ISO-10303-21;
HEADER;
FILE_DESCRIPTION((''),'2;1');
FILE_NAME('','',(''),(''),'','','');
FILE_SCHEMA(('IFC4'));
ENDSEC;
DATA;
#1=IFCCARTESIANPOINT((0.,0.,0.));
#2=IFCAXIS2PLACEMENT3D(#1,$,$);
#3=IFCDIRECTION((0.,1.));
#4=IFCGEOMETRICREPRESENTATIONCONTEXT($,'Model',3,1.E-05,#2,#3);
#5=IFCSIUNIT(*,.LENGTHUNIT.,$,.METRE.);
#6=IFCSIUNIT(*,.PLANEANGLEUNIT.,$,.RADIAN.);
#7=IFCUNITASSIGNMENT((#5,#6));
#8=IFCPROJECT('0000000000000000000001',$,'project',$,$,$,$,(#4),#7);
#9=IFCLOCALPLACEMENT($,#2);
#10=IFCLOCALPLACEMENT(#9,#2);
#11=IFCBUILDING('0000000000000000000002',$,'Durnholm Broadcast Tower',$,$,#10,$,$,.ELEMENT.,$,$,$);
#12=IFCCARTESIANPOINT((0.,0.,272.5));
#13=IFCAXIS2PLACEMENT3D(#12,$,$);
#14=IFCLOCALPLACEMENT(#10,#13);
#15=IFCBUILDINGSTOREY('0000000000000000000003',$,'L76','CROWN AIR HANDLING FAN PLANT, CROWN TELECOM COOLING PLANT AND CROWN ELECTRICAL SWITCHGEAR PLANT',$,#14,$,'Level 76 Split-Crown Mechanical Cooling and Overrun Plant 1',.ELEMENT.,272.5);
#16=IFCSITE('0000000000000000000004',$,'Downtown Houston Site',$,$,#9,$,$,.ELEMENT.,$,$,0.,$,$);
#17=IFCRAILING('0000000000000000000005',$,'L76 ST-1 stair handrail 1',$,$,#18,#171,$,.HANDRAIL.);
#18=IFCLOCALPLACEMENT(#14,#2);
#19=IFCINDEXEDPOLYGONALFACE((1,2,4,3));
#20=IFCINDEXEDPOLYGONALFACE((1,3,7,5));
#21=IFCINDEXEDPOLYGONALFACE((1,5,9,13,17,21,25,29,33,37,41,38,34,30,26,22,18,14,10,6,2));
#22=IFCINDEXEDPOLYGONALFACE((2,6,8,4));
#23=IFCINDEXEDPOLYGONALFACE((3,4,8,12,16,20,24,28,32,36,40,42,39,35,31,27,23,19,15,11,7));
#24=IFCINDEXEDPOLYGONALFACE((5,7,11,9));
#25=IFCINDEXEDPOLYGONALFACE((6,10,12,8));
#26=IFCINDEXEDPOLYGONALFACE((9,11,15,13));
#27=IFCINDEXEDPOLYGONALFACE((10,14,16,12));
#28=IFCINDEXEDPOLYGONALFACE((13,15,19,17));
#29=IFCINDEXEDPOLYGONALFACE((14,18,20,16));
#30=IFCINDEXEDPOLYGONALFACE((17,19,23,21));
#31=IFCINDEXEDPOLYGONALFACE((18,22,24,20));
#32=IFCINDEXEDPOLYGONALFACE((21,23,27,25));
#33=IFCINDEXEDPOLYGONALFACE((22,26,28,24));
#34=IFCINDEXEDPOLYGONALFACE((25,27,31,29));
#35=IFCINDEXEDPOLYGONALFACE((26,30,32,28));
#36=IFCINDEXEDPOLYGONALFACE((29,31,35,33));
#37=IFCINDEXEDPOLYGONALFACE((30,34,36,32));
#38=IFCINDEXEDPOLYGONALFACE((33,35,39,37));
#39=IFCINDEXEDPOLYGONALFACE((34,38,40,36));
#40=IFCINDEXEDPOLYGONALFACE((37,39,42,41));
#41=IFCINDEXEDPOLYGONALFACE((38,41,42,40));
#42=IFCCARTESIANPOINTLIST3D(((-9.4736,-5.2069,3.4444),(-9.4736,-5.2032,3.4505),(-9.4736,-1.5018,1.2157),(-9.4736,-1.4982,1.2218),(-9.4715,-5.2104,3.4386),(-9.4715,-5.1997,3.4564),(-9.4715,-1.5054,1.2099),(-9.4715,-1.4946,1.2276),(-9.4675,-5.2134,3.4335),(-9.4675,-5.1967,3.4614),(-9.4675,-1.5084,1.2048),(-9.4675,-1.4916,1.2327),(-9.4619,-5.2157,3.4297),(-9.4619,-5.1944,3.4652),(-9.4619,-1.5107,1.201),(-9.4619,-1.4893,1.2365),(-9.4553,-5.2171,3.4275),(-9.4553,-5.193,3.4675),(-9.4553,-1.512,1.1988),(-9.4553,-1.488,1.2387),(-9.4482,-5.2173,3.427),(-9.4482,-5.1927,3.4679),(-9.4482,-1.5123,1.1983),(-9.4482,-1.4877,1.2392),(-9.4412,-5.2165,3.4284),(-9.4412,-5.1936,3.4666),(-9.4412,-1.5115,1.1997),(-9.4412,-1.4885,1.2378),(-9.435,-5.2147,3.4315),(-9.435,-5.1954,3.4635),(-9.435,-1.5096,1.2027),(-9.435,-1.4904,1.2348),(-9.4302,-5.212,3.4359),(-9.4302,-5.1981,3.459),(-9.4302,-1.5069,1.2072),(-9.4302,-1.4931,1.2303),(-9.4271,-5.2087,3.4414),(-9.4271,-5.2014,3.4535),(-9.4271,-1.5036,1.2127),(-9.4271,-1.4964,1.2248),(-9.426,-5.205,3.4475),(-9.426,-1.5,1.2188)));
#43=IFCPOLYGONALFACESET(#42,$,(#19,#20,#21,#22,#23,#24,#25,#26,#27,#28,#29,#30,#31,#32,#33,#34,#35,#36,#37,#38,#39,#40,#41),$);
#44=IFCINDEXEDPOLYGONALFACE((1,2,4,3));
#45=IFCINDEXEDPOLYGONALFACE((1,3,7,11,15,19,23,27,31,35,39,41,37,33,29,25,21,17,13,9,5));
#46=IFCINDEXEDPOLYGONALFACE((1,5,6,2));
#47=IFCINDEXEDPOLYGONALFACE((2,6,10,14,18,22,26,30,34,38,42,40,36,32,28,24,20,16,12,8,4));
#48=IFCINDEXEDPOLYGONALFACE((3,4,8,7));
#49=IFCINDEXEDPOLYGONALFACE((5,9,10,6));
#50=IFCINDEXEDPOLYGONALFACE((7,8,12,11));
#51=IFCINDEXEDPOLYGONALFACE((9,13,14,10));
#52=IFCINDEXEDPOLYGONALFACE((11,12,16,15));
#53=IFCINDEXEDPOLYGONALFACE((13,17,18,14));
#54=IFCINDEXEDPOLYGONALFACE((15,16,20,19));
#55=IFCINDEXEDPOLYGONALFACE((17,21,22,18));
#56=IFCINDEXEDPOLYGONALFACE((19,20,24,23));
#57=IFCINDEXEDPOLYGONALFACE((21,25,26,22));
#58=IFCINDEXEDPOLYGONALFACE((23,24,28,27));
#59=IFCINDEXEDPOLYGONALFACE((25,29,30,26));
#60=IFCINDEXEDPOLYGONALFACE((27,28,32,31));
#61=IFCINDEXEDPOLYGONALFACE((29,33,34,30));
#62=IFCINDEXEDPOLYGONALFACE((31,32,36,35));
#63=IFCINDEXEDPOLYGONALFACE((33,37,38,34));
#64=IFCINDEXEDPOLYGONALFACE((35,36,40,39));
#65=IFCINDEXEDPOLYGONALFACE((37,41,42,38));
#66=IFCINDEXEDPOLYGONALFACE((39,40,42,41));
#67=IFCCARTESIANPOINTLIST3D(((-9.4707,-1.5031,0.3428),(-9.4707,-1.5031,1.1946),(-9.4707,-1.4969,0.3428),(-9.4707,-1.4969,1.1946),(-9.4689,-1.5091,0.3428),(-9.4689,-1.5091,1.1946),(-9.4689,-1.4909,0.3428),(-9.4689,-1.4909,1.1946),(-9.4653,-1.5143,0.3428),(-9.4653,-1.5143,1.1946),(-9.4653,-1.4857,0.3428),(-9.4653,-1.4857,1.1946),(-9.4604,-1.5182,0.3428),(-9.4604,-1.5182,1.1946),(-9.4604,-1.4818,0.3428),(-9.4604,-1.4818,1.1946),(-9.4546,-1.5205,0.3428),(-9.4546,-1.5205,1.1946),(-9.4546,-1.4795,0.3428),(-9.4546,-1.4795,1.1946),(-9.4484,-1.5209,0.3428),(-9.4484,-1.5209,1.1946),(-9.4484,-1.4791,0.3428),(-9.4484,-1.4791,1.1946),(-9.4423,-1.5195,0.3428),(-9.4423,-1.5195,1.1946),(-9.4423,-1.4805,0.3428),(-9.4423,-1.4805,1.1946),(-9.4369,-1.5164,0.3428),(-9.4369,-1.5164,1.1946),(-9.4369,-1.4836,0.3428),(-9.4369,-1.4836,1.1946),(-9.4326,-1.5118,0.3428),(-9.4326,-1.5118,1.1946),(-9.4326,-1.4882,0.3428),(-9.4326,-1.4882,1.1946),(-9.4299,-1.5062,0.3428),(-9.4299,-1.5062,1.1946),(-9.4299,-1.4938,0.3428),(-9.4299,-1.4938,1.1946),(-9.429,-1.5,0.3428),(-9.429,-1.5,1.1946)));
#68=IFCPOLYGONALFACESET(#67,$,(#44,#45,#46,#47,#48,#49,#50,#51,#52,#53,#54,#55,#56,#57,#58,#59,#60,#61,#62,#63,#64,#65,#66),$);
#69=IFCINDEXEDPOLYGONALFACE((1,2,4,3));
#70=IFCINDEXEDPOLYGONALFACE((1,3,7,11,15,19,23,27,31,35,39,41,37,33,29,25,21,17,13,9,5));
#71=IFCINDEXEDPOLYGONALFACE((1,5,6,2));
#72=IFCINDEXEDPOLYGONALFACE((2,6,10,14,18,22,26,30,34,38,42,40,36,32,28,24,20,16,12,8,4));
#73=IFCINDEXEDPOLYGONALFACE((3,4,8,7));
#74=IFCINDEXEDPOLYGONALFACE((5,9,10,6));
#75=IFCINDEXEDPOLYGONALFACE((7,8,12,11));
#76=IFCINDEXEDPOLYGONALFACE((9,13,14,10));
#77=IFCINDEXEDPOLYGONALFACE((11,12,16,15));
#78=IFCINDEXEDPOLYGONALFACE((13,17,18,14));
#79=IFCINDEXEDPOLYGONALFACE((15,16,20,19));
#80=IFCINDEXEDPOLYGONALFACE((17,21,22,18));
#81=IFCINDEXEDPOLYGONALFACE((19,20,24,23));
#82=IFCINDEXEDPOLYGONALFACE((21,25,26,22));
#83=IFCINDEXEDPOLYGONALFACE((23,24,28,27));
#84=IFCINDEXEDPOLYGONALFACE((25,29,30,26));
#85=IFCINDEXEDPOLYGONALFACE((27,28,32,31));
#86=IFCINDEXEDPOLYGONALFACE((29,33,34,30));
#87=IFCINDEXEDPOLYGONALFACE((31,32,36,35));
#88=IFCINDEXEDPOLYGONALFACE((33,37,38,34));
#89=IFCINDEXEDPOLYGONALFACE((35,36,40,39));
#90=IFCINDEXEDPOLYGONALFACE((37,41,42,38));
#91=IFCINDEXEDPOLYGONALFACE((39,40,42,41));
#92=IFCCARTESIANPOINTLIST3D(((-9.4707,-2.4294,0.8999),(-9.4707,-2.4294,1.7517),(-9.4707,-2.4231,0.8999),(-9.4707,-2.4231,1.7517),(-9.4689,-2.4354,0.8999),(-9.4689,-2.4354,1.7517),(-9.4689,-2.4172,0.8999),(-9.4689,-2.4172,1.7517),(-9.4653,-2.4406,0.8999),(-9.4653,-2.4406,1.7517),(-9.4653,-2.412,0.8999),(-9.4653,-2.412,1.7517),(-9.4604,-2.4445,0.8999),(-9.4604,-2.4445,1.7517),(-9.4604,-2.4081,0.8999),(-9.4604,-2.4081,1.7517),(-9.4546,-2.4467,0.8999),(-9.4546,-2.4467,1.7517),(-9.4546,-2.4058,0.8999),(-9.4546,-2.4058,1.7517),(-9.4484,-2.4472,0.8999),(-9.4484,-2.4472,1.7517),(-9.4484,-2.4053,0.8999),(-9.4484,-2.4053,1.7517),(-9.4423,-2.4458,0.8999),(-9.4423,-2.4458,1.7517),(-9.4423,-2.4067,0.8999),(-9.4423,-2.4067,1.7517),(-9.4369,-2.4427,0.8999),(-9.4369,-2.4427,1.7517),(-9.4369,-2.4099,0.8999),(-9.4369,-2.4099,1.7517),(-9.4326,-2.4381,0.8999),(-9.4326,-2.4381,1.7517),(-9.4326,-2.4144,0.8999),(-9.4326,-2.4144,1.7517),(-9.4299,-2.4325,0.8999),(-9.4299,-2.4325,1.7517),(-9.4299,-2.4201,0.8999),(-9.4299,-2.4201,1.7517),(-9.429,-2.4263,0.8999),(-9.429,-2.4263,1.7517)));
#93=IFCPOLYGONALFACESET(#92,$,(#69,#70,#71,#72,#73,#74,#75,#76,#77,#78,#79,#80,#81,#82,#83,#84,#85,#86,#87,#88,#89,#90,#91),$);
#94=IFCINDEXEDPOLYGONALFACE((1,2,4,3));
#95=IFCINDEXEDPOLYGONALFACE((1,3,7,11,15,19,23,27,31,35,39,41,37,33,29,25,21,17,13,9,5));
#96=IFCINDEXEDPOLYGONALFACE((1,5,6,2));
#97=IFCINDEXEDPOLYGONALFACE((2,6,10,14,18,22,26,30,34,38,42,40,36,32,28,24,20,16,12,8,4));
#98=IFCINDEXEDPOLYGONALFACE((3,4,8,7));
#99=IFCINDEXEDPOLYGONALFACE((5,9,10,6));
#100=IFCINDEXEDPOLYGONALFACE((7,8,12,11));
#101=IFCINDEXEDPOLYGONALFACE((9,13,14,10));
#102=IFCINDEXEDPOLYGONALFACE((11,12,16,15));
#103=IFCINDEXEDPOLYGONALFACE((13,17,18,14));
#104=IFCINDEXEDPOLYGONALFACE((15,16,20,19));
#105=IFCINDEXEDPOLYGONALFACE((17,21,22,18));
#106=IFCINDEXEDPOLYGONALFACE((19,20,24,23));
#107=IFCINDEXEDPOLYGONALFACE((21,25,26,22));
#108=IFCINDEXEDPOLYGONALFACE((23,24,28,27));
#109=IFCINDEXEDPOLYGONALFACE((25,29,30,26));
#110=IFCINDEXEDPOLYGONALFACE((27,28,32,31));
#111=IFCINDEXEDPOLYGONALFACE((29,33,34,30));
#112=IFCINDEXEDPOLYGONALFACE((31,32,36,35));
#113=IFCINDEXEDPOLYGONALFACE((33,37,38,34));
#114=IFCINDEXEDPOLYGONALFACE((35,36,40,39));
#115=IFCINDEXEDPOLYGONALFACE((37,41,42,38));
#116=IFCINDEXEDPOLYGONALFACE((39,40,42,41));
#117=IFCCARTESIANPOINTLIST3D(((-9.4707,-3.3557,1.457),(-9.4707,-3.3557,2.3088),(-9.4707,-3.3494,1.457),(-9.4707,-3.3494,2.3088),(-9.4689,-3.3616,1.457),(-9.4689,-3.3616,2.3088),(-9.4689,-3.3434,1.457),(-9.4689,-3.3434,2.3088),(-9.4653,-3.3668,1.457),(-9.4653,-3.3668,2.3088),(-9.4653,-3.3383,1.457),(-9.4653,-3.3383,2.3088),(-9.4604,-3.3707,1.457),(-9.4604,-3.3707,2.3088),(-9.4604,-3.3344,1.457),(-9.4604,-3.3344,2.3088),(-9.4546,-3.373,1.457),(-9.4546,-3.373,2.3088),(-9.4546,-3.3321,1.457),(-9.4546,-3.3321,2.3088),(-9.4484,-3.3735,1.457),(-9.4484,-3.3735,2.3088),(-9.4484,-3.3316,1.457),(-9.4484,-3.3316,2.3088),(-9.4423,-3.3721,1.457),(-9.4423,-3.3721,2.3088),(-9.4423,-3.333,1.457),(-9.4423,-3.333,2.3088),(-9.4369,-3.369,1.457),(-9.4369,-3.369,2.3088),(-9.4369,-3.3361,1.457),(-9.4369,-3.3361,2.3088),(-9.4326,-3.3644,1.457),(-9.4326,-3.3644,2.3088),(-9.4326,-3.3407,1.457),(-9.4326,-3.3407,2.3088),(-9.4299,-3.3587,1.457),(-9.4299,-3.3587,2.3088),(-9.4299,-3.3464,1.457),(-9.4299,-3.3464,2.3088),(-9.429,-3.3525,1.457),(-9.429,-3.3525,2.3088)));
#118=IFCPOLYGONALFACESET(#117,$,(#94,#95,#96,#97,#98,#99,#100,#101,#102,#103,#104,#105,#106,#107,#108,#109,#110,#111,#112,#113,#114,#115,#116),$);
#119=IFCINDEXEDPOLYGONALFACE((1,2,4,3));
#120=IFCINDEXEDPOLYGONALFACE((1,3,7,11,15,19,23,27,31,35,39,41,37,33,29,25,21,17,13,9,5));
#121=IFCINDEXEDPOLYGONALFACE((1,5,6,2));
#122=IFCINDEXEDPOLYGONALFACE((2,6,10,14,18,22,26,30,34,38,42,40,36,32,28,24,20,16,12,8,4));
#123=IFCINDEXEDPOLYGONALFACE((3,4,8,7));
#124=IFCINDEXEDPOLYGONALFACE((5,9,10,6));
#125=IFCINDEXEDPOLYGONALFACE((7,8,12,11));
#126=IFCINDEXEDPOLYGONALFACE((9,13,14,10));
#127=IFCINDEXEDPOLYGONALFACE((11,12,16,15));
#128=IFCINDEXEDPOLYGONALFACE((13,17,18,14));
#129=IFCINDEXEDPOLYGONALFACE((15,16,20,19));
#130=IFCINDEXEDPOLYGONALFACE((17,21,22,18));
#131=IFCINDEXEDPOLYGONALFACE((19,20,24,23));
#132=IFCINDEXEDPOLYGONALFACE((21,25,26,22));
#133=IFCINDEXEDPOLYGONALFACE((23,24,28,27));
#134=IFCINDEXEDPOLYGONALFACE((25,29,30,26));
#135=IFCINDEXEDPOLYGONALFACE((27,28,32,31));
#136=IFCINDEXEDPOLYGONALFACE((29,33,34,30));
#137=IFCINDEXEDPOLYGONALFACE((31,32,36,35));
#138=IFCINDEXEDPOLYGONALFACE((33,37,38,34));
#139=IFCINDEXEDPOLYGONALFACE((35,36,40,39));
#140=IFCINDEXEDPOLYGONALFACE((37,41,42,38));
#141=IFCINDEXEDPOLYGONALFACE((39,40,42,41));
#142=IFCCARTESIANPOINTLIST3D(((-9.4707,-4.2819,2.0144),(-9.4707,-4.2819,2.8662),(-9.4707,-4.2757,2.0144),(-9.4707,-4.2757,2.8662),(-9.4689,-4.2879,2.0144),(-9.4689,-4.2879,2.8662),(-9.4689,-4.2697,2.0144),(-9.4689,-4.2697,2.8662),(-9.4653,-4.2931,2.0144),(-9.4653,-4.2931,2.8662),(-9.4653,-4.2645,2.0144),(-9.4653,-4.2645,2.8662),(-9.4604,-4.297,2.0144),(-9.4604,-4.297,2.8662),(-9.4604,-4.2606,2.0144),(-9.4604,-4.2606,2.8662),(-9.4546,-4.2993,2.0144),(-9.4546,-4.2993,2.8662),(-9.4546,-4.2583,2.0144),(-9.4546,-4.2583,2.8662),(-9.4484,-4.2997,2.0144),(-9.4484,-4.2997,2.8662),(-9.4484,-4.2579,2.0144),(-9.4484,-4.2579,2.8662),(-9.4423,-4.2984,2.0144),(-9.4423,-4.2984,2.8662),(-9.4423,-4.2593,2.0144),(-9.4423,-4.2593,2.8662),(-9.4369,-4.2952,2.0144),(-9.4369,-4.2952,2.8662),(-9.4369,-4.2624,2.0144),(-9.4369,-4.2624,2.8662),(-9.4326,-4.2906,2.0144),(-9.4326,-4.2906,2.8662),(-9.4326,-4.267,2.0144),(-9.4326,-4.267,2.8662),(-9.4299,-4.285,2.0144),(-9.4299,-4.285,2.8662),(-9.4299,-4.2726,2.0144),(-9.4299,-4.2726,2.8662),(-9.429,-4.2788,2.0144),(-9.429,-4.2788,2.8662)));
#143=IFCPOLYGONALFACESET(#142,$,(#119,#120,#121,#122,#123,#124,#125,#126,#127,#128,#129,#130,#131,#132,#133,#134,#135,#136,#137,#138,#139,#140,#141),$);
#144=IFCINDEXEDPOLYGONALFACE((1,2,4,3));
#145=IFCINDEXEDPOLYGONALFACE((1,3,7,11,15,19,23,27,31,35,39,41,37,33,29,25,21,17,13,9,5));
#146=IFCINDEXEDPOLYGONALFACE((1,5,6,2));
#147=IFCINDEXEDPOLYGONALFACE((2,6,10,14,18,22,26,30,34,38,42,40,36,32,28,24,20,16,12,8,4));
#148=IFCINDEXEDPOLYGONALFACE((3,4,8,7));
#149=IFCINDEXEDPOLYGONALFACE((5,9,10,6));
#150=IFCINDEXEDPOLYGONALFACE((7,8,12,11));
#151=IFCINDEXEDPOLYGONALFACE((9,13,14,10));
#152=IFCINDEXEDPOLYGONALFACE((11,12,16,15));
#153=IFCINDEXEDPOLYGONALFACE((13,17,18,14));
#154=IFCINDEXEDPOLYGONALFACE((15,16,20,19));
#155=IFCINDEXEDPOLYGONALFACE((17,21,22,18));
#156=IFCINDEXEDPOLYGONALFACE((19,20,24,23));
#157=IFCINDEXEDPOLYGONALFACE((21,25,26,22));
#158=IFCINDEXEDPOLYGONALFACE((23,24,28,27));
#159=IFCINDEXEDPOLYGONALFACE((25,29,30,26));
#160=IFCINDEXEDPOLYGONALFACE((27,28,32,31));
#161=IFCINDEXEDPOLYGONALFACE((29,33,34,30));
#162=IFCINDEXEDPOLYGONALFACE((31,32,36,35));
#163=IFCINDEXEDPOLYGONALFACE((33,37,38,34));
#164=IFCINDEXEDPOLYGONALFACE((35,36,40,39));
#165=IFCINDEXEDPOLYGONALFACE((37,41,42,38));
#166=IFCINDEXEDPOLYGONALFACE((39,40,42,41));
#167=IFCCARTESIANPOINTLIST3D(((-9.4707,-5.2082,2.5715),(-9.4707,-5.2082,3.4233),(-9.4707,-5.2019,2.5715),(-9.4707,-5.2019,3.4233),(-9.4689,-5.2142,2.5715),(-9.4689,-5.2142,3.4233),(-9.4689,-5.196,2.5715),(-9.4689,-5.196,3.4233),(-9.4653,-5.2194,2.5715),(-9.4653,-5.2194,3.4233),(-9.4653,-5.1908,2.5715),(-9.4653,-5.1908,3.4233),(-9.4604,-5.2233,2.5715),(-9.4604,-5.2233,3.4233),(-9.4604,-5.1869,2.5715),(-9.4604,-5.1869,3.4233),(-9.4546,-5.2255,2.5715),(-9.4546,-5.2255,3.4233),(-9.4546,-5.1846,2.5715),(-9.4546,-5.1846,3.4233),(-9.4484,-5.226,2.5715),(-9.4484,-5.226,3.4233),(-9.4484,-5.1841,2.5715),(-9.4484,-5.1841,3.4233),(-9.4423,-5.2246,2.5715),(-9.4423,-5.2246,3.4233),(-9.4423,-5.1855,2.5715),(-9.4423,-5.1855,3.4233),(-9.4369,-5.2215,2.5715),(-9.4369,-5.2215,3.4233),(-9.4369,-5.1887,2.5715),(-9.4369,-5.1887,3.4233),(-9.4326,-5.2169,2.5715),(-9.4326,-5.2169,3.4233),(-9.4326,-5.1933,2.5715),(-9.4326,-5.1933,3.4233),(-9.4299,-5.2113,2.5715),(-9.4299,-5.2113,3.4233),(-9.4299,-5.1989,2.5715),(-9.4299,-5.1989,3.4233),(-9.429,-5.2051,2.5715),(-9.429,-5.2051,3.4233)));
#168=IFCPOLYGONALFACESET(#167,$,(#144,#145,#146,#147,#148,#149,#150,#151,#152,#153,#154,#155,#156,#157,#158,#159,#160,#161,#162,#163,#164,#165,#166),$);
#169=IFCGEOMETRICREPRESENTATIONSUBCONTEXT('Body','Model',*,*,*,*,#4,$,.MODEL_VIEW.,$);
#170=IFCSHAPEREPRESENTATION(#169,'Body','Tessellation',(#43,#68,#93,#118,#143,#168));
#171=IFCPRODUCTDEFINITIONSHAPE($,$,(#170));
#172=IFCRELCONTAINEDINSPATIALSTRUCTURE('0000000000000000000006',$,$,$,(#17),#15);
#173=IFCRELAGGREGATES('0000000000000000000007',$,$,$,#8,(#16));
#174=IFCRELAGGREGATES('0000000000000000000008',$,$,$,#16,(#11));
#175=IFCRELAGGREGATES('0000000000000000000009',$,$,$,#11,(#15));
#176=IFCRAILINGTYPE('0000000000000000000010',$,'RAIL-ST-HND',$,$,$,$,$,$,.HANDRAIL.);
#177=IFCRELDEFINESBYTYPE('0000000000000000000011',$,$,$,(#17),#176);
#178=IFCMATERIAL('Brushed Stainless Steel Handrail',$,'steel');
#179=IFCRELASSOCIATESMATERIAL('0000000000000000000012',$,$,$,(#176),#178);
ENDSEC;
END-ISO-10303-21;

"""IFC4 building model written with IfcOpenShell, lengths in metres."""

from ifc_helpers import new_model, si_unit, direction, frame, origin, origin_2d, place, context, subcontext, project, spatial, circle, extrude, material, type_object, element, save


model = new_model("IFC4")

# Units and contexts
model_context = context("Model", 3, precision=1e-05, world=origin(), true_north=direction((0.0, 1.0)))
body_context = subcontext(model_context, "Body", "Model", "MODEL_VIEW")
ifc_project = project(units=[si_unit("LENGTHUNIT", "METRE"), si_unit("PLANEANGLEUNIT", "RADIAN")], contexts=[model_context])

# Site, building, storey
site_placement = place(None, origin())
site = spatial("IfcSite", under=ifc_project, at=site_placement, Name="Downtown Houston Site", CompositionType="ELEMENT", RefElevation=0.0)
building_placement = place(site_placement, origin())
building = spatial("IfcBuilding", under=site, at=building_placement, Name="Durnholm Broadcast Tower", CompositionType="ELEMENT")
storey_placement = place(building_placement, frame((0.0, 0.0, 272.5)))
storey = spatial("IfcBuildingStorey", under=building, at=storey_placement, Name="L76", Description="CROWN AIR HANDLING FAN PLANT, CROWN TELECOM COOLING PLANT AND CROWN ELECTRICAL SWITCHGEAR PLANT", LongName="Level 76 Split-Crown Mechanical Cooling and Overrun Plant 1", CompositionType="ELEMENT", Elevation=272.5)

# Railing
ifc_material_1 = material(Name="Brushed Stainless Steel Handrail", Category="steel")
railing_type_1 = type_object("IfcRailingType", Name="RAIL-ST-HND", PredefinedType="HANDRAIL", material=ifc_material_1)
railing_1_placement = place(storey_placement, frame((-9.45, -1.5, 0.3428)))
element("IfcRailing", 1, at=railing_1_placement, inside=storey, type_object=railing_type_1, Name="L76 ST-1 stair handrail 1", PredefinedType="HANDRAIL", context=body_context, shape_type="SweptSolid", body=[
    extrude(circle(Radius=0.0239, at=origin_2d()), frame((0.0, 0.0, 0.876), z_axis=(0.0, -0.856909, 0.515467), x_axis=(1.0, 0.0, 0.0)), (0.0, 0.0, 1.0), 4.3237),
    extrude(circle(Radius=0.021, at=origin_2d()), origin(), (0.0, 0.0, 1.0), 0.8518),
    extrude(circle(Radius=0.021, at=origin_2d()), frame((0.0, -0.9263, 0.5571)), (0.0, 0.0, 1.0), 0.8518),
    extrude(circle(Radius=0.021, at=origin_2d()), frame((0.0, -1.8525, 1.1143)), (0.0, 0.0, 1.0), 0.8518),
    extrude(circle(Radius=0.021, at=origin_2d()), frame((0.0, -2.7788, 1.6716)), (0.0, 0.0, 1.0), 0.8518),
    extrude(circle(Radius=0.021, at=origin_2d()), frame((0.0, -3.7051, 2.2288)), (0.0, 0.0, 1.0), 0.8518),
])

save(model, "model.ifc")
